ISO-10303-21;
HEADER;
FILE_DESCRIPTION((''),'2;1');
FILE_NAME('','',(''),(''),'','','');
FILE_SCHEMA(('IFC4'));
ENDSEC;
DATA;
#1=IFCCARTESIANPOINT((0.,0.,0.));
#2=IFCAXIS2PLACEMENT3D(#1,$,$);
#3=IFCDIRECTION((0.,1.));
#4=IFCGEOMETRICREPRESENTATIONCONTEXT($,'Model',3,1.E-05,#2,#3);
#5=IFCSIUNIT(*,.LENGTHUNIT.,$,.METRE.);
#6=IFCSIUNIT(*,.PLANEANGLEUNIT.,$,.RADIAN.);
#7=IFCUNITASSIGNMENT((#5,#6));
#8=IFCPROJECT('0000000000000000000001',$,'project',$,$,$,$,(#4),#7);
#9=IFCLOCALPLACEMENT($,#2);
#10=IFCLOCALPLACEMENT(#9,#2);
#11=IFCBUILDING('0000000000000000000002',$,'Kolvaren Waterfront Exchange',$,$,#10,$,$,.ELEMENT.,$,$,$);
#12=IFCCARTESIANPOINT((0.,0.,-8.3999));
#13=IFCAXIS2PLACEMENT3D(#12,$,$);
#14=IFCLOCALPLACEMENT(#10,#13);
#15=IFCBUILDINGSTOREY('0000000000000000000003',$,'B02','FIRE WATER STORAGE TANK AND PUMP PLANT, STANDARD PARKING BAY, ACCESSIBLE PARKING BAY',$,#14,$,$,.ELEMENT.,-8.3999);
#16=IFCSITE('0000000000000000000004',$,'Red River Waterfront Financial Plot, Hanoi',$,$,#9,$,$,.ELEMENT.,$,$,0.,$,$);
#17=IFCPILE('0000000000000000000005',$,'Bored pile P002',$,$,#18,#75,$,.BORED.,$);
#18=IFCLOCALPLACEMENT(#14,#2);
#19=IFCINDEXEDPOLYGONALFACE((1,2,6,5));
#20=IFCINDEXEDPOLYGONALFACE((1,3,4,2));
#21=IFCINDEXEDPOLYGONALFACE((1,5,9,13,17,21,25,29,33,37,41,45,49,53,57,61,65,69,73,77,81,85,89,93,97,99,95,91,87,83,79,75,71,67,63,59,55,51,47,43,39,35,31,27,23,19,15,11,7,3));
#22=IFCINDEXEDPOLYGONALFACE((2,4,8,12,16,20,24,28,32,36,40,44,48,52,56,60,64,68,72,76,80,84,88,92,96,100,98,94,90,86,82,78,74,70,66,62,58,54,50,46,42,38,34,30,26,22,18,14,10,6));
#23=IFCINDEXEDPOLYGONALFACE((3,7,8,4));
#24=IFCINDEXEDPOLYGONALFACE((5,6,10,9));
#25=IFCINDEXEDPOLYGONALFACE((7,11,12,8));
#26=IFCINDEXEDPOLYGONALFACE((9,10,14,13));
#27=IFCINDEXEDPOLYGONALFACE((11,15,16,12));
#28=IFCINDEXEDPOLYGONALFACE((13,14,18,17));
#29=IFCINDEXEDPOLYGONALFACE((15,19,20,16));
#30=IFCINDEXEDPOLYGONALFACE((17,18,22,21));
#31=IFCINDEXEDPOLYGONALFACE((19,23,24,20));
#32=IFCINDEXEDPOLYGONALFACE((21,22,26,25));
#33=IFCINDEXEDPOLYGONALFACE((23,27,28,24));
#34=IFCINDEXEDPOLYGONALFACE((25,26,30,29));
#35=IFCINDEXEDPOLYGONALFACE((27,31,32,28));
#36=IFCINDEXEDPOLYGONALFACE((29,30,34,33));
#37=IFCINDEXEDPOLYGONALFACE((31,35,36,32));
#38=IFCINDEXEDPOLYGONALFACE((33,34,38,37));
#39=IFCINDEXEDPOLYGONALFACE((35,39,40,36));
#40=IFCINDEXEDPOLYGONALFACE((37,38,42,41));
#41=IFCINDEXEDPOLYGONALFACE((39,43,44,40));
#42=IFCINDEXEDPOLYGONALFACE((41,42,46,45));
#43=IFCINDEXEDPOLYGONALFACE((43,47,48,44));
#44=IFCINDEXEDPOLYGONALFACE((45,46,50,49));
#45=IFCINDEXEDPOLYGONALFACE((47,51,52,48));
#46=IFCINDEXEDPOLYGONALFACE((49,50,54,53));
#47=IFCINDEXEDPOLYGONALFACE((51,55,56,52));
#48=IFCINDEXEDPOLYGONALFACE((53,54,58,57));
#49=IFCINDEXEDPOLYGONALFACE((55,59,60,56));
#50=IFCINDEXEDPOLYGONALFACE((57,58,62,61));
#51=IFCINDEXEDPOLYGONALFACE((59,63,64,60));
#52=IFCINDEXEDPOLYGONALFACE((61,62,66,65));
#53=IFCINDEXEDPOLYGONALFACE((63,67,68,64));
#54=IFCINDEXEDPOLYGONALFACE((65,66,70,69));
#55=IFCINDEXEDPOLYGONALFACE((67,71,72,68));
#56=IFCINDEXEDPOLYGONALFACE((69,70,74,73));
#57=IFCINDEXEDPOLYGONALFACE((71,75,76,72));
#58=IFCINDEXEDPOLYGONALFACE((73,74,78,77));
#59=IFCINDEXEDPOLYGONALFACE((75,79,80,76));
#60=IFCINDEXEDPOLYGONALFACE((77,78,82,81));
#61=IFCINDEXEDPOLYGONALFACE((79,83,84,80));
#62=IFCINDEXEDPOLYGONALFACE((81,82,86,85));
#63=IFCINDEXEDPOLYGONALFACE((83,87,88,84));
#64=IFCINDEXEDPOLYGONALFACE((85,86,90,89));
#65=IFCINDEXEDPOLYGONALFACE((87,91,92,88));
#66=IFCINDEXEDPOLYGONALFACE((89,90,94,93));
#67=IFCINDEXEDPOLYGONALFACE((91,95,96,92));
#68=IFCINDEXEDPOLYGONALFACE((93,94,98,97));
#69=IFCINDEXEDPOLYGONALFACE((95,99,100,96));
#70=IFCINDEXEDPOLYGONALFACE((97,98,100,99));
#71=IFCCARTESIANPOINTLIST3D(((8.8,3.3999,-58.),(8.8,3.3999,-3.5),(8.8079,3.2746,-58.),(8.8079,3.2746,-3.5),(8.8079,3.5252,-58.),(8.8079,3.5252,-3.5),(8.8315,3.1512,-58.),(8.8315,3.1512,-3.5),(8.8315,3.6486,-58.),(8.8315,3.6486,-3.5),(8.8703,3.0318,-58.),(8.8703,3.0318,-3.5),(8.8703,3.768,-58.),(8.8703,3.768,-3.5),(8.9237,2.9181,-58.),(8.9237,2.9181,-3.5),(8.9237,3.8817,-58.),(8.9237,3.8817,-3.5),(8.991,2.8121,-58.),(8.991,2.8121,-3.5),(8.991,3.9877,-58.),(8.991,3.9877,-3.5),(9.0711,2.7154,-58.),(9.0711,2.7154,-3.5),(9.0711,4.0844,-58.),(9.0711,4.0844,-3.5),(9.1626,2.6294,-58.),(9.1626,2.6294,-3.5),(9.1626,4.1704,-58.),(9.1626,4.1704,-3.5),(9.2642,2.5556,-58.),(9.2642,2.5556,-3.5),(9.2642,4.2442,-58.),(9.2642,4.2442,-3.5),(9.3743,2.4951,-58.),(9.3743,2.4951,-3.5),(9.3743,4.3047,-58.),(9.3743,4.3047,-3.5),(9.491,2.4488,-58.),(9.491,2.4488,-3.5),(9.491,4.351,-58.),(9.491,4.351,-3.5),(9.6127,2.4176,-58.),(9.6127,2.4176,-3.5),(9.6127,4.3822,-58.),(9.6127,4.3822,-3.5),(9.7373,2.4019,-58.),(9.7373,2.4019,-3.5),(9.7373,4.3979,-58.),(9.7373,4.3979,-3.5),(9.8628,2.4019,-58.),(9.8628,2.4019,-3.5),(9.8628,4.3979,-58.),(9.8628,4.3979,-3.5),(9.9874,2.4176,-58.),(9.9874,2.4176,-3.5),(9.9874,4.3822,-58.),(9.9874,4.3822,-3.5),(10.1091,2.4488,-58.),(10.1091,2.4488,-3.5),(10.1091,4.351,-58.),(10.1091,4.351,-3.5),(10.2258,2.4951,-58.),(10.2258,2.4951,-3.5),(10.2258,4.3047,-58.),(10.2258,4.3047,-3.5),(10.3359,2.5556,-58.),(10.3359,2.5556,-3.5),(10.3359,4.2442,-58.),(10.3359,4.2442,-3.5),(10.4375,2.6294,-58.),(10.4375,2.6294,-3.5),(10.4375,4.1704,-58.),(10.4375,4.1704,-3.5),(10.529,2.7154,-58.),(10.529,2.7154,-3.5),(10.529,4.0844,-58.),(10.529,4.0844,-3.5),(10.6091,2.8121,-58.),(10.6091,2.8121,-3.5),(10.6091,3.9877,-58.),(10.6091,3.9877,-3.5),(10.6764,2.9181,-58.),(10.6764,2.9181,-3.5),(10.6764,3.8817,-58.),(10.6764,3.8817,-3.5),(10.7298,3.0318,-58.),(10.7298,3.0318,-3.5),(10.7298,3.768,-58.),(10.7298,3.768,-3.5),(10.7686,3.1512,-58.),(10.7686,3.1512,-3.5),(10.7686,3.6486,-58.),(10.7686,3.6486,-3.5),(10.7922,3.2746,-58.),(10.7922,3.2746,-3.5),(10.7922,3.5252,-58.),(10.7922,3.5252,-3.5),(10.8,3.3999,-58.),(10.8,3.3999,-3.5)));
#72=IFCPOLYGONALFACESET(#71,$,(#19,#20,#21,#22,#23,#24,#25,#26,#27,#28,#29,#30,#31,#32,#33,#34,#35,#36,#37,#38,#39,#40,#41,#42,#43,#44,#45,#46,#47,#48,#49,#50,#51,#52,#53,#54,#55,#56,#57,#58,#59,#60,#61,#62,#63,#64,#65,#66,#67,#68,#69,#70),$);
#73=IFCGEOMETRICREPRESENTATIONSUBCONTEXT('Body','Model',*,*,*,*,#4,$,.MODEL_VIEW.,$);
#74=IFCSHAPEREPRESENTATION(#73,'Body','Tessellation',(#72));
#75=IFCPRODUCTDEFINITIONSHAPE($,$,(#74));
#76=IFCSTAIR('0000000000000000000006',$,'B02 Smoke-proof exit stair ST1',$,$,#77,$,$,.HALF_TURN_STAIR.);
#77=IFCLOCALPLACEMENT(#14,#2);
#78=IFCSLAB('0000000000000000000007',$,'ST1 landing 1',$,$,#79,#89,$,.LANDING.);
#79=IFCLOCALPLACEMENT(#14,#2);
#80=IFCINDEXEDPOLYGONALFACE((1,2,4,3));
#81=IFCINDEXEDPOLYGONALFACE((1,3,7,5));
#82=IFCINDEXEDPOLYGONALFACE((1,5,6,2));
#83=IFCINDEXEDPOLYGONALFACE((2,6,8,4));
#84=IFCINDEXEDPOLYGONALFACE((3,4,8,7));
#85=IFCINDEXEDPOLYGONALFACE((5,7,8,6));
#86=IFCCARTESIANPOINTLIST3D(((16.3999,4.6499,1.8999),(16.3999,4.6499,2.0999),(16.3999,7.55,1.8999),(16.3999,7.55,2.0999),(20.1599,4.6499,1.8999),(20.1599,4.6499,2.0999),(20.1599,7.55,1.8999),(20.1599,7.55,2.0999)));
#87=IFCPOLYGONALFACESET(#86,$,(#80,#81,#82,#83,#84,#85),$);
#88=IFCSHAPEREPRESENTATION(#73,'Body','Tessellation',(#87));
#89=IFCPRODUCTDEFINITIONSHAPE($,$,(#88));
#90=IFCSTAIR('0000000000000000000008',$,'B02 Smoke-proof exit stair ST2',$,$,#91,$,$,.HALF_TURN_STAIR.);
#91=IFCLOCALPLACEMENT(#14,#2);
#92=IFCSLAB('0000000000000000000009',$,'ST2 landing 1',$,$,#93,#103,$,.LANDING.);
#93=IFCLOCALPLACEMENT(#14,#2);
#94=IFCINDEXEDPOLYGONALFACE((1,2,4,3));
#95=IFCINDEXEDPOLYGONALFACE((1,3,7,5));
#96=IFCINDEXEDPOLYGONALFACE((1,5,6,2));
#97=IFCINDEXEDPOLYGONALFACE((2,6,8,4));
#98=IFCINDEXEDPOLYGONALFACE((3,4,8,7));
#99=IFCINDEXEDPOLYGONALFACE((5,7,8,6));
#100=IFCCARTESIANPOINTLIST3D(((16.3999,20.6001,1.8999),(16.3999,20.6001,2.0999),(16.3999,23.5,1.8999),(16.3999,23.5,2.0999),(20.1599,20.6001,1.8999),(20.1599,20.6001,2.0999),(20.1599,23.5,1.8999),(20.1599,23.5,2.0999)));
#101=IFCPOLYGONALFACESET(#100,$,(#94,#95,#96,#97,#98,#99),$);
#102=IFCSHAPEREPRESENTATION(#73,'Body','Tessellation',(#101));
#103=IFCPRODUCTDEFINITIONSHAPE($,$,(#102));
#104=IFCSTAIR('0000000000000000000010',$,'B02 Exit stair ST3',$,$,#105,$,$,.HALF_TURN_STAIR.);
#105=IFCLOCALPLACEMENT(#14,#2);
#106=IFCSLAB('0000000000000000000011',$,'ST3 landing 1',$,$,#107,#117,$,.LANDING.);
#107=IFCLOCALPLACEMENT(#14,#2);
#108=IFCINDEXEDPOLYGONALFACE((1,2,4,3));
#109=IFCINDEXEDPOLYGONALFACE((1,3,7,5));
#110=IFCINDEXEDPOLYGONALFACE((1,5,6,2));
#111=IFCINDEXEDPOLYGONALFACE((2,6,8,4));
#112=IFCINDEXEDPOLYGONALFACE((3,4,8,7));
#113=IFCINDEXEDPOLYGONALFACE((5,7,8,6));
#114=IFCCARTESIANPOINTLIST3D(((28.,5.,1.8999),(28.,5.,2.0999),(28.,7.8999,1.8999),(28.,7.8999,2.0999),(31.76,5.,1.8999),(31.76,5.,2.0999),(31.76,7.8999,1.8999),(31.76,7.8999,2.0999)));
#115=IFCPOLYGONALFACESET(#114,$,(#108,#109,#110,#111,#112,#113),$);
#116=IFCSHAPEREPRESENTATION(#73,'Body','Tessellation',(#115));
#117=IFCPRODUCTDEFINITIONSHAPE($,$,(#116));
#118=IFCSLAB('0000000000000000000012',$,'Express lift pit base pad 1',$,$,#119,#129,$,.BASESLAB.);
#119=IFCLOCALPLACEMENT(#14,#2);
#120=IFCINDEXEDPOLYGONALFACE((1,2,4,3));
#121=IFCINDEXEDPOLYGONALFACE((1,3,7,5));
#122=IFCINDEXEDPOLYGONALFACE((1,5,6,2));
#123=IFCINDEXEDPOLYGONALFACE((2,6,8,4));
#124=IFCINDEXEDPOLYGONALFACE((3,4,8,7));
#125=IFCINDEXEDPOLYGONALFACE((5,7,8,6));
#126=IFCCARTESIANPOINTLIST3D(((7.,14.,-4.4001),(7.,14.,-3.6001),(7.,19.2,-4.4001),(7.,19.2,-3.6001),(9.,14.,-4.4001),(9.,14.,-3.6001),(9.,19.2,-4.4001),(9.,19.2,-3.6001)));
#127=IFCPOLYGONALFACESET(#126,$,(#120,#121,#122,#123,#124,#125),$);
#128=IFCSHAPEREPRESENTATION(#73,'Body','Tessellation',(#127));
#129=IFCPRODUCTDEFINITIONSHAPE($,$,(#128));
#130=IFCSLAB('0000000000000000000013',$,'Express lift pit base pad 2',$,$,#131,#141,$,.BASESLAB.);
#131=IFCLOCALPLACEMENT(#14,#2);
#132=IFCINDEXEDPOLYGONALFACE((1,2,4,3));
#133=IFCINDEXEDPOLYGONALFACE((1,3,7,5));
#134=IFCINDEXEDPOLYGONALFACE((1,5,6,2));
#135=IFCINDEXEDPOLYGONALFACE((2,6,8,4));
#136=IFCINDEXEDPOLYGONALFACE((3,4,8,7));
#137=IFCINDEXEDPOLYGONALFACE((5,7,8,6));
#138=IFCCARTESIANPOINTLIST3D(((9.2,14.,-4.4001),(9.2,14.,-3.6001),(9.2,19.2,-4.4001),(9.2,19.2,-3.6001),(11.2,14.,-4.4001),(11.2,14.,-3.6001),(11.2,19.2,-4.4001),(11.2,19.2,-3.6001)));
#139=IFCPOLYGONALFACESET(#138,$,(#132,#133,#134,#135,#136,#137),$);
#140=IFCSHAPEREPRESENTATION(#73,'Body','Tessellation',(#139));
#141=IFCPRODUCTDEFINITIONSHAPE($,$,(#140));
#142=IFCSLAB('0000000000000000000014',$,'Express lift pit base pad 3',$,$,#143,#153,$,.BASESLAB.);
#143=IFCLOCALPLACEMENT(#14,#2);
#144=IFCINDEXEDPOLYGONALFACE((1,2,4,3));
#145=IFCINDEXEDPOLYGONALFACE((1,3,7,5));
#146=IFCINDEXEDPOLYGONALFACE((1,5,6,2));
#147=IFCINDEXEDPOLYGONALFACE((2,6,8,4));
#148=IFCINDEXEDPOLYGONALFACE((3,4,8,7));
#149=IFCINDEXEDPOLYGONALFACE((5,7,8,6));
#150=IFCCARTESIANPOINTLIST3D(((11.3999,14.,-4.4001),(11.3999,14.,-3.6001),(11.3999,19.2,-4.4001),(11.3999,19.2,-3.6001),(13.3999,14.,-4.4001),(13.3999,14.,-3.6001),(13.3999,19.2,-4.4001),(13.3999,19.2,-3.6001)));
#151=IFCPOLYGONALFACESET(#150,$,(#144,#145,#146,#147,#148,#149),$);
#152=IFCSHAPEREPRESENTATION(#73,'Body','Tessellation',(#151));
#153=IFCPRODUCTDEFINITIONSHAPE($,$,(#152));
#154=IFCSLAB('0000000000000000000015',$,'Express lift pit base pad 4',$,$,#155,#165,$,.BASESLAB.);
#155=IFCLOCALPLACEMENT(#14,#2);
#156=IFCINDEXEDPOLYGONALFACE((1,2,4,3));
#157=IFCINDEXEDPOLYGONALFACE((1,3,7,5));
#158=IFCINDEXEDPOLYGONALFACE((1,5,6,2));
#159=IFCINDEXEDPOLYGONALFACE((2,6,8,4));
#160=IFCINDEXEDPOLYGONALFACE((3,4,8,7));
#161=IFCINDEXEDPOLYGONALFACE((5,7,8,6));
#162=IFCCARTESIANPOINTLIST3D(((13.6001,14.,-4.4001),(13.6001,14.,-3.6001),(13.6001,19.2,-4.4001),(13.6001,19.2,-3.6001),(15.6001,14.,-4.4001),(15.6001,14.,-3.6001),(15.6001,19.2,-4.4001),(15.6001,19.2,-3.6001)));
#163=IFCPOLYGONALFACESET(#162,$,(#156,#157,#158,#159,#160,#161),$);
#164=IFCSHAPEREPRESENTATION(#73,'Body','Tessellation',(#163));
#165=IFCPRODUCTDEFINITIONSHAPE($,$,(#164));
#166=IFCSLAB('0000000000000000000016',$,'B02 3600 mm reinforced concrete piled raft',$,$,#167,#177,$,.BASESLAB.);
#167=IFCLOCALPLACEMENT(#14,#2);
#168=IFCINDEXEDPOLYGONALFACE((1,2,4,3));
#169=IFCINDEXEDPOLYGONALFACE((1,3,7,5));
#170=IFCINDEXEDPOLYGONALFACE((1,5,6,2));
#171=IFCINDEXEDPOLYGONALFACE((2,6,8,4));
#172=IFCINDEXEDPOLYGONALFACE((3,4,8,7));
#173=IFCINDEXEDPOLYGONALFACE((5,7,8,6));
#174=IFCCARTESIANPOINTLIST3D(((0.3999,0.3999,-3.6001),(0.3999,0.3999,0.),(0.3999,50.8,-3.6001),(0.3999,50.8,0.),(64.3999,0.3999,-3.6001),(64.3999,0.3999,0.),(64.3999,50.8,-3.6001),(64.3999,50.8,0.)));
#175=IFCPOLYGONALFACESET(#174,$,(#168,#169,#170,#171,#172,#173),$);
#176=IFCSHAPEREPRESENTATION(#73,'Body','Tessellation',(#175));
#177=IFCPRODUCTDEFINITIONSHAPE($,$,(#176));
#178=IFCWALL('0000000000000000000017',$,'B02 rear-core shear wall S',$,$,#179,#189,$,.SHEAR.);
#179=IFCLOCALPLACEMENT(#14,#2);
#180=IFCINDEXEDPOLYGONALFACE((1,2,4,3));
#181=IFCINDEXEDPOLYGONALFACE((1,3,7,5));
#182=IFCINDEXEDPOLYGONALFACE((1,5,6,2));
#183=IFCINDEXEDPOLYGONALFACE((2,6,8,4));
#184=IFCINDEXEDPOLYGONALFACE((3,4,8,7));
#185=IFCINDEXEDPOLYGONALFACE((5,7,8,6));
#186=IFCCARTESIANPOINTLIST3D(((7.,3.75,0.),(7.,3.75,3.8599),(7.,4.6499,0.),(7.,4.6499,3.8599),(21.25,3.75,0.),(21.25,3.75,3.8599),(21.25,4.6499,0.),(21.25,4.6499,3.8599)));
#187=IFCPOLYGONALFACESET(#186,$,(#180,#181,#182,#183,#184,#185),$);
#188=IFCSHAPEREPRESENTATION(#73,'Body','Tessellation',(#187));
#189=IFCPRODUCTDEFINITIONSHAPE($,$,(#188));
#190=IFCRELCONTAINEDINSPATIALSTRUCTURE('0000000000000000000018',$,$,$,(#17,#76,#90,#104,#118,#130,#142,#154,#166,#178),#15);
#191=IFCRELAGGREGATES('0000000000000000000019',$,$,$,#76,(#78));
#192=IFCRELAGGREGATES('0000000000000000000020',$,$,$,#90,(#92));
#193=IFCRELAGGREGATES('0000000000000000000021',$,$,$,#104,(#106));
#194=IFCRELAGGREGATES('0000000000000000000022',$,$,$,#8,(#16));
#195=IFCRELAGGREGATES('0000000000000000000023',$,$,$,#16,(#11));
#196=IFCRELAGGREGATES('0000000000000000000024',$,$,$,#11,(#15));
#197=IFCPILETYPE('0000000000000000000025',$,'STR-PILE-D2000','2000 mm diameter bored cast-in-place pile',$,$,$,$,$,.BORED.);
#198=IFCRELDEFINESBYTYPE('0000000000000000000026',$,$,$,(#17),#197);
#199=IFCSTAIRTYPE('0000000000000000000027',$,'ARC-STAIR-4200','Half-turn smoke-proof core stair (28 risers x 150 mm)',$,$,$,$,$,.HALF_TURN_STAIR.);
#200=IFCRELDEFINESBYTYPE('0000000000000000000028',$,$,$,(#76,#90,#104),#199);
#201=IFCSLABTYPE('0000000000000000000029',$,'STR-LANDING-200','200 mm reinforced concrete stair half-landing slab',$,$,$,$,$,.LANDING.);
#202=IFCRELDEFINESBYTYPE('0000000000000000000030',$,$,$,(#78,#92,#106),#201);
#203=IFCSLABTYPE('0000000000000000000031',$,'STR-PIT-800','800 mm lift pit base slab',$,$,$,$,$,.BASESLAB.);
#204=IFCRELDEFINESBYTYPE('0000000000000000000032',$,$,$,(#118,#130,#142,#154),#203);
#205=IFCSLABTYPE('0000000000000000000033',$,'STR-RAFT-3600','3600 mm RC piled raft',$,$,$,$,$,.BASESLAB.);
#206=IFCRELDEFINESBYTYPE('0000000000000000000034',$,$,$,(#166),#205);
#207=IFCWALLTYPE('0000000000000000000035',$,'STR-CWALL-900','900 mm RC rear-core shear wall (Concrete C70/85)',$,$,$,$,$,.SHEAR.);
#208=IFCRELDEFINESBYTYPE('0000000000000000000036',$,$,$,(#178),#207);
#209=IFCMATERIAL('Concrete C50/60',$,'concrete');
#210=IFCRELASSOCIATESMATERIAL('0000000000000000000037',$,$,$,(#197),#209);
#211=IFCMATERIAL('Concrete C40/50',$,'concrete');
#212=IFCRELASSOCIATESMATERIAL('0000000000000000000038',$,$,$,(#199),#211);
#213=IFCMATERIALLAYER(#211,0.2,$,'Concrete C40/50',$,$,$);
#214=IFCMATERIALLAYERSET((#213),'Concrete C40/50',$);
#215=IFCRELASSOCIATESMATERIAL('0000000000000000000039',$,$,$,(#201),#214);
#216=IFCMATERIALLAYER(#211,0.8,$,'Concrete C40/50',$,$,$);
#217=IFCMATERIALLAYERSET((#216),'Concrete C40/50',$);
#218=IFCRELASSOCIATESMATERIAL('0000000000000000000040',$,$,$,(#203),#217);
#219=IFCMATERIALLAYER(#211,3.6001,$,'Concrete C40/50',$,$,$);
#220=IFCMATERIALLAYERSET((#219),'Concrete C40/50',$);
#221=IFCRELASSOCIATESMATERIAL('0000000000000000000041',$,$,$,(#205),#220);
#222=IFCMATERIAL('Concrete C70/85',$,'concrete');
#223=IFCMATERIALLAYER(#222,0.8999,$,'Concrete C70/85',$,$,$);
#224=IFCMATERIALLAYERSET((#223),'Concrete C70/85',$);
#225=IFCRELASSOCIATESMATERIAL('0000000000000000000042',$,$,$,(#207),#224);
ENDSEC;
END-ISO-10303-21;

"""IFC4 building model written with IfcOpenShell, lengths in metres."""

from ifc_helpers import new_model, si_unit, direction, frame, frame_2d, origin, origin_2d, place, context, subcontext, project, spatial, polyline, rectangle, circle, outline, extrude, material, layer, layer_set, material_profile, profile_set, type_object, element, aggregate, save


model = new_model("IFC4")

# Units and contexts
model_context = context("Model", 3, precision=1e-05, world=origin(), true_north=direction((0.0, 1.0)))
body_context = subcontext(model_context, "Body", "Model", "MODEL_VIEW")
ifc_project = project(units=[si_unit("LENGTHUNIT", "METRE"), si_unit("PLANEANGLEUNIT", "RADIAN")], contexts=[model_context])

# Site, building, storey
site_placement = place(None, origin())
site = spatial("IfcSite", under=ifc_project, at=site_placement, Name="Red River Waterfront Financial Plot, Hanoi", CompositionType="ELEMENT", RefElevation=0.0)
building_placement = place(site_placement, origin())
building = spatial("IfcBuilding", under=site, at=building_placement, Name="Kolvaren Waterfront Exchange", CompositionType="ELEMENT")
storey_placement = place(building_placement, frame((0.0, 0.0, -8.3999)))
storey = spatial("IfcBuildingStorey", under=building, at=storey_placement, Name="B02", Description="FIRE WATER STORAGE TANK AND PUMP PLANT, STANDARD PARKING BAY, ACCESSIBLE PARKING BAY", CompositionType="ELEMENT", Elevation=-8.3999)

# Shared definitions
ifc_material_1 = material(Name="Concrete C40/50", Category="concrete")

# Pile
ifc_material_2 = material(Name="Concrete C50/60", Category="concrete")
ifc_material_profile = material_profile(ifc_material_2, circle(Radius=1.0, at=origin_2d()), Name="RC-PILE-D2000")
ifc_profile_set = profile_set([ifc_material_profile], Name="Concrete C50/60")
pile_type = type_object("IfcPileType", Name="STR-PILE-D2000", Description="2000 mm diameter bored cast-in-place pile", PredefinedType="BORED", material=ifc_profile_set)
for number, where, z_axis, x_axis, name in (
    (1, (9.8, 3.3999, -3.5), (0.0, 0.0, -1.0), (1.0, 0.0, 0.0), "Bored pile P002"),
):
    element("IfcPile", number, at=place(storey_placement, frame(where, z_axis=z_axis, x_axis=x_axis)), inside=storey, type_object=pile_type, Name=name, PredefinedType="BORED", context=body_context, shape_type="SweptSolid", body=[
        extrude(circle(Radius=1.0, at=origin_2d()), origin(), (0.0, 0.0, 1.0), 54.5),
    ])

# Stairs, slabs
stair_type = type_object("IfcStairType", Name="ARC-STAIR-4200", Description="Half-turn smoke-proof core stair (28 risers x 150 mm)", PredefinedType="HALF_TURN_STAIR", material=ifc_material_1)
stair_1_placement = place(storey_placement, origin())
stair_1 = element("IfcStair", 2, at=stair_1_placement, inside=storey, type_object=stair_type, Name="B02 Smoke-proof exit stair ST1", PredefinedType="HALF_TURN_STAIR")
ifc_layer_1 = layer(ifc_material_1, 0.2, Name="Concrete C40/50")
ifc_layer_set_1 = layer_set([ifc_layer_1], Name="Concrete C40/50")
slab_type_1 = type_object("IfcSlabType", Name="STR-LANDING-200", Description="200 mm reinforced concrete stair half-landing slab", PredefinedType="LANDING", material=ifc_layer_set_1)
slab_1_placement = place(storey_placement, frame((0.0, 0.0, 1.8999)))
slab_1 = element("IfcSlab", 3, at=slab_1_placement, type_object=slab_type_1, Name="ST1 landing 1", PredefinedType="LANDING", context=body_context, shape_type="SweptSolid", body=[
    extrude(outline(polyline([(16.3999, 7.55), (16.3999, 4.6499), (20.1599, 4.6499), (20.1599, 7.55), (16.3999, 7.55)])), origin(), (0.0, 0.0, 1.0), 0.2),
])
aggregate(stair_1, [slab_1])
stair_2_placement = place(storey_placement, origin())
stair_2 = element("IfcStair", 4, at=stair_2_placement, inside=storey, type_object=stair_type, Name="B02 Smoke-proof exit stair ST2", PredefinedType="HALF_TURN_STAIR")
slab_2_placement = place(storey_placement, frame((0.0, 0.0, 1.8999)))
slab_2 = element("IfcSlab", 5, at=slab_2_placement, type_object=slab_type_1, Name="ST2 landing 1", PredefinedType="LANDING", context=body_context, shape_type="SweptSolid", body=[
    extrude(outline(polyline([(20.1599, 20.6001), (20.1599, 23.5), (16.3999, 23.5), (16.3999, 20.6001), (20.1599, 20.6001)])), origin(), (0.0, 0.0, 1.0), 0.2),
])
aggregate(stair_2, [slab_2])
stair_3_placement = place(storey_placement, origin())
stair_3 = element("IfcStair", 6, at=stair_3_placement, inside=storey, type_object=stair_type, Name="B02 Exit stair ST3", PredefinedType="HALF_TURN_STAIR")
slab_3_placement = place(storey_placement, frame((0.0, 0.0, 1.8999)))
slab_3 = element("IfcSlab", 7, at=slab_3_placement, type_object=slab_type_1, Name="ST3 landing 1", PredefinedType="LANDING", context=body_context, shape_type="SweptSolid", body=[
    extrude(outline(polyline([(28.0, 7.8999), (28.0, 5.0), (31.76, 5.0), (31.76, 7.8999), (28.0, 7.8999)])), origin(), (0.0, 0.0, 1.0), 0.2),
])
aggregate(stair_3, [slab_3])

# Slabs
ifc_layer_2 = layer(ifc_material_1, 0.8, Name="Concrete C40/50")
ifc_layer_set_2 = layer_set([ifc_layer_2], Name="Concrete C40/50")
slab_type_2 = type_object("IfcSlabType", Name="STR-PIT-800", Description="800 mm lift pit base slab", PredefinedType="BASESLAB", material=ifc_layer_set_2)
slab_4_placement = place(storey_placement, frame((0.0, 0.0, -4.4001)))
element("IfcSlab", 8, at=slab_4_placement, inside=storey, type_object=slab_type_2, Name="Express lift pit base pad 1", PredefinedType="BASESLAB", context=body_context, shape_type="SweptSolid", body=[
    extrude(outline(polyline([(7.0, 14.0), (9.0, 14.0), (9.0, 19.2), (7.0, 19.2), (7.0, 14.0)])), origin(), (0.0, 0.0, 1.0), 0.8),
])
slab_5_placement = place(storey_placement, frame((0.0, 0.0, -4.4001)))
element("IfcSlab", 9, at=slab_5_placement, inside=storey, type_object=slab_type_2, Name="Express lift pit base pad 2", PredefinedType="BASESLAB", context=body_context, shape_type="SweptSolid", body=[
    extrude(outline(polyline([(9.2, 14.0), (11.2, 14.0), (11.2, 19.2), (9.2, 19.2), (9.2, 14.0)])), origin(), (0.0, 0.0, 1.0), 0.8),
])
slab_6_placement = place(storey_placement, frame((0.0, 0.0, -4.4001)))
element("IfcSlab", 10, at=slab_6_placement, inside=storey, type_object=slab_type_2, Name="Express lift pit base pad 3", PredefinedType="BASESLAB", context=body_context, shape_type="SweptSolid", body=[
    extrude(outline(polyline([(11.3999, 14.0), (13.3999, 14.0), (13.3999, 19.2), (11.3999, 19.2), (11.3999, 14.0)])), origin(), (0.0, 0.0, 1.0), 0.8),
])
slab_7_placement = place(storey_placement, frame((0.0, 0.0, -4.4001)))
element("IfcSlab", 11, at=slab_7_placement, inside=storey, type_object=slab_type_2, Name="Express lift pit base pad 4", PredefinedType="BASESLAB", context=body_context, shape_type="SweptSolid", body=[
    extrude(outline(polyline([(13.6001, 14.0), (15.6001, 14.0), (15.6001, 19.2), (13.6001, 19.2), (13.6001, 14.0)])), origin(), (0.0, 0.0, 1.0), 0.8),
])
ifc_layer_3 = layer(ifc_material_1, 3.6001, Name="Concrete C40/50")
ifc_layer_set_3 = layer_set([ifc_layer_3], Name="Concrete C40/50")
slab_type_3 = type_object("IfcSlabType", Name="STR-RAFT-3600", Description="3600 mm RC piled raft", PredefinedType="BASESLAB", material=ifc_layer_set_3)
slab_8_placement = place(storey_placement, frame((0.0, 0.0, -3.6001)))
element("IfcSlab", 12, at=slab_8_placement, inside=storey, type_object=slab_type_3, Name="B02 3600 mm reinforced concrete piled raft", PredefinedType="BASESLAB", context=body_context, shape_type="SweptSolid", body=[
    extrude(outline(polyline([(0.3999, 0.3999), (64.3999, 0.3999), (64.3999, 50.8), (0.3999, 50.8), (0.3999, 0.3999)])), origin(), (0.0, 0.0, 1.0), 3.6001),
])

# Wall
ifc_material_3 = material(Name="Concrete C70/85", Category="concrete")
ifc_layer_4 = layer(ifc_material_3, 0.8999, Name="Concrete C70/85")
ifc_layer_set_4 = layer_set([ifc_layer_4], Name="Concrete C70/85")
wall_type_1 = type_object("IfcWallType", Name="STR-CWALL-900", Description="900 mm RC rear-core shear wall (Concrete C70/85)", PredefinedType="SHEAR", material=ifc_layer_set_4)
wall_1_placement = place(storey_placement, frame((7.0, 4.2, 0.0), z_axis=(0.0, 0.0, 1.0), x_axis=(1.0, 0.0, 0.0)))
element("IfcWall", 13, at=wall_1_placement, inside=storey, type_object=wall_type_1, Name="B02 rear-core shear wall S", PredefinedType="SHEAR", context=body_context, shape_type="SweptSolid", body=[
    extrude(rectangle(XDim=14.25, YDim=0.8999, at=frame_2d((7.125, 0.0))), origin(), (0.0, 0.0, 1.0), 3.8599),
])

save(model, "model.ifc")
